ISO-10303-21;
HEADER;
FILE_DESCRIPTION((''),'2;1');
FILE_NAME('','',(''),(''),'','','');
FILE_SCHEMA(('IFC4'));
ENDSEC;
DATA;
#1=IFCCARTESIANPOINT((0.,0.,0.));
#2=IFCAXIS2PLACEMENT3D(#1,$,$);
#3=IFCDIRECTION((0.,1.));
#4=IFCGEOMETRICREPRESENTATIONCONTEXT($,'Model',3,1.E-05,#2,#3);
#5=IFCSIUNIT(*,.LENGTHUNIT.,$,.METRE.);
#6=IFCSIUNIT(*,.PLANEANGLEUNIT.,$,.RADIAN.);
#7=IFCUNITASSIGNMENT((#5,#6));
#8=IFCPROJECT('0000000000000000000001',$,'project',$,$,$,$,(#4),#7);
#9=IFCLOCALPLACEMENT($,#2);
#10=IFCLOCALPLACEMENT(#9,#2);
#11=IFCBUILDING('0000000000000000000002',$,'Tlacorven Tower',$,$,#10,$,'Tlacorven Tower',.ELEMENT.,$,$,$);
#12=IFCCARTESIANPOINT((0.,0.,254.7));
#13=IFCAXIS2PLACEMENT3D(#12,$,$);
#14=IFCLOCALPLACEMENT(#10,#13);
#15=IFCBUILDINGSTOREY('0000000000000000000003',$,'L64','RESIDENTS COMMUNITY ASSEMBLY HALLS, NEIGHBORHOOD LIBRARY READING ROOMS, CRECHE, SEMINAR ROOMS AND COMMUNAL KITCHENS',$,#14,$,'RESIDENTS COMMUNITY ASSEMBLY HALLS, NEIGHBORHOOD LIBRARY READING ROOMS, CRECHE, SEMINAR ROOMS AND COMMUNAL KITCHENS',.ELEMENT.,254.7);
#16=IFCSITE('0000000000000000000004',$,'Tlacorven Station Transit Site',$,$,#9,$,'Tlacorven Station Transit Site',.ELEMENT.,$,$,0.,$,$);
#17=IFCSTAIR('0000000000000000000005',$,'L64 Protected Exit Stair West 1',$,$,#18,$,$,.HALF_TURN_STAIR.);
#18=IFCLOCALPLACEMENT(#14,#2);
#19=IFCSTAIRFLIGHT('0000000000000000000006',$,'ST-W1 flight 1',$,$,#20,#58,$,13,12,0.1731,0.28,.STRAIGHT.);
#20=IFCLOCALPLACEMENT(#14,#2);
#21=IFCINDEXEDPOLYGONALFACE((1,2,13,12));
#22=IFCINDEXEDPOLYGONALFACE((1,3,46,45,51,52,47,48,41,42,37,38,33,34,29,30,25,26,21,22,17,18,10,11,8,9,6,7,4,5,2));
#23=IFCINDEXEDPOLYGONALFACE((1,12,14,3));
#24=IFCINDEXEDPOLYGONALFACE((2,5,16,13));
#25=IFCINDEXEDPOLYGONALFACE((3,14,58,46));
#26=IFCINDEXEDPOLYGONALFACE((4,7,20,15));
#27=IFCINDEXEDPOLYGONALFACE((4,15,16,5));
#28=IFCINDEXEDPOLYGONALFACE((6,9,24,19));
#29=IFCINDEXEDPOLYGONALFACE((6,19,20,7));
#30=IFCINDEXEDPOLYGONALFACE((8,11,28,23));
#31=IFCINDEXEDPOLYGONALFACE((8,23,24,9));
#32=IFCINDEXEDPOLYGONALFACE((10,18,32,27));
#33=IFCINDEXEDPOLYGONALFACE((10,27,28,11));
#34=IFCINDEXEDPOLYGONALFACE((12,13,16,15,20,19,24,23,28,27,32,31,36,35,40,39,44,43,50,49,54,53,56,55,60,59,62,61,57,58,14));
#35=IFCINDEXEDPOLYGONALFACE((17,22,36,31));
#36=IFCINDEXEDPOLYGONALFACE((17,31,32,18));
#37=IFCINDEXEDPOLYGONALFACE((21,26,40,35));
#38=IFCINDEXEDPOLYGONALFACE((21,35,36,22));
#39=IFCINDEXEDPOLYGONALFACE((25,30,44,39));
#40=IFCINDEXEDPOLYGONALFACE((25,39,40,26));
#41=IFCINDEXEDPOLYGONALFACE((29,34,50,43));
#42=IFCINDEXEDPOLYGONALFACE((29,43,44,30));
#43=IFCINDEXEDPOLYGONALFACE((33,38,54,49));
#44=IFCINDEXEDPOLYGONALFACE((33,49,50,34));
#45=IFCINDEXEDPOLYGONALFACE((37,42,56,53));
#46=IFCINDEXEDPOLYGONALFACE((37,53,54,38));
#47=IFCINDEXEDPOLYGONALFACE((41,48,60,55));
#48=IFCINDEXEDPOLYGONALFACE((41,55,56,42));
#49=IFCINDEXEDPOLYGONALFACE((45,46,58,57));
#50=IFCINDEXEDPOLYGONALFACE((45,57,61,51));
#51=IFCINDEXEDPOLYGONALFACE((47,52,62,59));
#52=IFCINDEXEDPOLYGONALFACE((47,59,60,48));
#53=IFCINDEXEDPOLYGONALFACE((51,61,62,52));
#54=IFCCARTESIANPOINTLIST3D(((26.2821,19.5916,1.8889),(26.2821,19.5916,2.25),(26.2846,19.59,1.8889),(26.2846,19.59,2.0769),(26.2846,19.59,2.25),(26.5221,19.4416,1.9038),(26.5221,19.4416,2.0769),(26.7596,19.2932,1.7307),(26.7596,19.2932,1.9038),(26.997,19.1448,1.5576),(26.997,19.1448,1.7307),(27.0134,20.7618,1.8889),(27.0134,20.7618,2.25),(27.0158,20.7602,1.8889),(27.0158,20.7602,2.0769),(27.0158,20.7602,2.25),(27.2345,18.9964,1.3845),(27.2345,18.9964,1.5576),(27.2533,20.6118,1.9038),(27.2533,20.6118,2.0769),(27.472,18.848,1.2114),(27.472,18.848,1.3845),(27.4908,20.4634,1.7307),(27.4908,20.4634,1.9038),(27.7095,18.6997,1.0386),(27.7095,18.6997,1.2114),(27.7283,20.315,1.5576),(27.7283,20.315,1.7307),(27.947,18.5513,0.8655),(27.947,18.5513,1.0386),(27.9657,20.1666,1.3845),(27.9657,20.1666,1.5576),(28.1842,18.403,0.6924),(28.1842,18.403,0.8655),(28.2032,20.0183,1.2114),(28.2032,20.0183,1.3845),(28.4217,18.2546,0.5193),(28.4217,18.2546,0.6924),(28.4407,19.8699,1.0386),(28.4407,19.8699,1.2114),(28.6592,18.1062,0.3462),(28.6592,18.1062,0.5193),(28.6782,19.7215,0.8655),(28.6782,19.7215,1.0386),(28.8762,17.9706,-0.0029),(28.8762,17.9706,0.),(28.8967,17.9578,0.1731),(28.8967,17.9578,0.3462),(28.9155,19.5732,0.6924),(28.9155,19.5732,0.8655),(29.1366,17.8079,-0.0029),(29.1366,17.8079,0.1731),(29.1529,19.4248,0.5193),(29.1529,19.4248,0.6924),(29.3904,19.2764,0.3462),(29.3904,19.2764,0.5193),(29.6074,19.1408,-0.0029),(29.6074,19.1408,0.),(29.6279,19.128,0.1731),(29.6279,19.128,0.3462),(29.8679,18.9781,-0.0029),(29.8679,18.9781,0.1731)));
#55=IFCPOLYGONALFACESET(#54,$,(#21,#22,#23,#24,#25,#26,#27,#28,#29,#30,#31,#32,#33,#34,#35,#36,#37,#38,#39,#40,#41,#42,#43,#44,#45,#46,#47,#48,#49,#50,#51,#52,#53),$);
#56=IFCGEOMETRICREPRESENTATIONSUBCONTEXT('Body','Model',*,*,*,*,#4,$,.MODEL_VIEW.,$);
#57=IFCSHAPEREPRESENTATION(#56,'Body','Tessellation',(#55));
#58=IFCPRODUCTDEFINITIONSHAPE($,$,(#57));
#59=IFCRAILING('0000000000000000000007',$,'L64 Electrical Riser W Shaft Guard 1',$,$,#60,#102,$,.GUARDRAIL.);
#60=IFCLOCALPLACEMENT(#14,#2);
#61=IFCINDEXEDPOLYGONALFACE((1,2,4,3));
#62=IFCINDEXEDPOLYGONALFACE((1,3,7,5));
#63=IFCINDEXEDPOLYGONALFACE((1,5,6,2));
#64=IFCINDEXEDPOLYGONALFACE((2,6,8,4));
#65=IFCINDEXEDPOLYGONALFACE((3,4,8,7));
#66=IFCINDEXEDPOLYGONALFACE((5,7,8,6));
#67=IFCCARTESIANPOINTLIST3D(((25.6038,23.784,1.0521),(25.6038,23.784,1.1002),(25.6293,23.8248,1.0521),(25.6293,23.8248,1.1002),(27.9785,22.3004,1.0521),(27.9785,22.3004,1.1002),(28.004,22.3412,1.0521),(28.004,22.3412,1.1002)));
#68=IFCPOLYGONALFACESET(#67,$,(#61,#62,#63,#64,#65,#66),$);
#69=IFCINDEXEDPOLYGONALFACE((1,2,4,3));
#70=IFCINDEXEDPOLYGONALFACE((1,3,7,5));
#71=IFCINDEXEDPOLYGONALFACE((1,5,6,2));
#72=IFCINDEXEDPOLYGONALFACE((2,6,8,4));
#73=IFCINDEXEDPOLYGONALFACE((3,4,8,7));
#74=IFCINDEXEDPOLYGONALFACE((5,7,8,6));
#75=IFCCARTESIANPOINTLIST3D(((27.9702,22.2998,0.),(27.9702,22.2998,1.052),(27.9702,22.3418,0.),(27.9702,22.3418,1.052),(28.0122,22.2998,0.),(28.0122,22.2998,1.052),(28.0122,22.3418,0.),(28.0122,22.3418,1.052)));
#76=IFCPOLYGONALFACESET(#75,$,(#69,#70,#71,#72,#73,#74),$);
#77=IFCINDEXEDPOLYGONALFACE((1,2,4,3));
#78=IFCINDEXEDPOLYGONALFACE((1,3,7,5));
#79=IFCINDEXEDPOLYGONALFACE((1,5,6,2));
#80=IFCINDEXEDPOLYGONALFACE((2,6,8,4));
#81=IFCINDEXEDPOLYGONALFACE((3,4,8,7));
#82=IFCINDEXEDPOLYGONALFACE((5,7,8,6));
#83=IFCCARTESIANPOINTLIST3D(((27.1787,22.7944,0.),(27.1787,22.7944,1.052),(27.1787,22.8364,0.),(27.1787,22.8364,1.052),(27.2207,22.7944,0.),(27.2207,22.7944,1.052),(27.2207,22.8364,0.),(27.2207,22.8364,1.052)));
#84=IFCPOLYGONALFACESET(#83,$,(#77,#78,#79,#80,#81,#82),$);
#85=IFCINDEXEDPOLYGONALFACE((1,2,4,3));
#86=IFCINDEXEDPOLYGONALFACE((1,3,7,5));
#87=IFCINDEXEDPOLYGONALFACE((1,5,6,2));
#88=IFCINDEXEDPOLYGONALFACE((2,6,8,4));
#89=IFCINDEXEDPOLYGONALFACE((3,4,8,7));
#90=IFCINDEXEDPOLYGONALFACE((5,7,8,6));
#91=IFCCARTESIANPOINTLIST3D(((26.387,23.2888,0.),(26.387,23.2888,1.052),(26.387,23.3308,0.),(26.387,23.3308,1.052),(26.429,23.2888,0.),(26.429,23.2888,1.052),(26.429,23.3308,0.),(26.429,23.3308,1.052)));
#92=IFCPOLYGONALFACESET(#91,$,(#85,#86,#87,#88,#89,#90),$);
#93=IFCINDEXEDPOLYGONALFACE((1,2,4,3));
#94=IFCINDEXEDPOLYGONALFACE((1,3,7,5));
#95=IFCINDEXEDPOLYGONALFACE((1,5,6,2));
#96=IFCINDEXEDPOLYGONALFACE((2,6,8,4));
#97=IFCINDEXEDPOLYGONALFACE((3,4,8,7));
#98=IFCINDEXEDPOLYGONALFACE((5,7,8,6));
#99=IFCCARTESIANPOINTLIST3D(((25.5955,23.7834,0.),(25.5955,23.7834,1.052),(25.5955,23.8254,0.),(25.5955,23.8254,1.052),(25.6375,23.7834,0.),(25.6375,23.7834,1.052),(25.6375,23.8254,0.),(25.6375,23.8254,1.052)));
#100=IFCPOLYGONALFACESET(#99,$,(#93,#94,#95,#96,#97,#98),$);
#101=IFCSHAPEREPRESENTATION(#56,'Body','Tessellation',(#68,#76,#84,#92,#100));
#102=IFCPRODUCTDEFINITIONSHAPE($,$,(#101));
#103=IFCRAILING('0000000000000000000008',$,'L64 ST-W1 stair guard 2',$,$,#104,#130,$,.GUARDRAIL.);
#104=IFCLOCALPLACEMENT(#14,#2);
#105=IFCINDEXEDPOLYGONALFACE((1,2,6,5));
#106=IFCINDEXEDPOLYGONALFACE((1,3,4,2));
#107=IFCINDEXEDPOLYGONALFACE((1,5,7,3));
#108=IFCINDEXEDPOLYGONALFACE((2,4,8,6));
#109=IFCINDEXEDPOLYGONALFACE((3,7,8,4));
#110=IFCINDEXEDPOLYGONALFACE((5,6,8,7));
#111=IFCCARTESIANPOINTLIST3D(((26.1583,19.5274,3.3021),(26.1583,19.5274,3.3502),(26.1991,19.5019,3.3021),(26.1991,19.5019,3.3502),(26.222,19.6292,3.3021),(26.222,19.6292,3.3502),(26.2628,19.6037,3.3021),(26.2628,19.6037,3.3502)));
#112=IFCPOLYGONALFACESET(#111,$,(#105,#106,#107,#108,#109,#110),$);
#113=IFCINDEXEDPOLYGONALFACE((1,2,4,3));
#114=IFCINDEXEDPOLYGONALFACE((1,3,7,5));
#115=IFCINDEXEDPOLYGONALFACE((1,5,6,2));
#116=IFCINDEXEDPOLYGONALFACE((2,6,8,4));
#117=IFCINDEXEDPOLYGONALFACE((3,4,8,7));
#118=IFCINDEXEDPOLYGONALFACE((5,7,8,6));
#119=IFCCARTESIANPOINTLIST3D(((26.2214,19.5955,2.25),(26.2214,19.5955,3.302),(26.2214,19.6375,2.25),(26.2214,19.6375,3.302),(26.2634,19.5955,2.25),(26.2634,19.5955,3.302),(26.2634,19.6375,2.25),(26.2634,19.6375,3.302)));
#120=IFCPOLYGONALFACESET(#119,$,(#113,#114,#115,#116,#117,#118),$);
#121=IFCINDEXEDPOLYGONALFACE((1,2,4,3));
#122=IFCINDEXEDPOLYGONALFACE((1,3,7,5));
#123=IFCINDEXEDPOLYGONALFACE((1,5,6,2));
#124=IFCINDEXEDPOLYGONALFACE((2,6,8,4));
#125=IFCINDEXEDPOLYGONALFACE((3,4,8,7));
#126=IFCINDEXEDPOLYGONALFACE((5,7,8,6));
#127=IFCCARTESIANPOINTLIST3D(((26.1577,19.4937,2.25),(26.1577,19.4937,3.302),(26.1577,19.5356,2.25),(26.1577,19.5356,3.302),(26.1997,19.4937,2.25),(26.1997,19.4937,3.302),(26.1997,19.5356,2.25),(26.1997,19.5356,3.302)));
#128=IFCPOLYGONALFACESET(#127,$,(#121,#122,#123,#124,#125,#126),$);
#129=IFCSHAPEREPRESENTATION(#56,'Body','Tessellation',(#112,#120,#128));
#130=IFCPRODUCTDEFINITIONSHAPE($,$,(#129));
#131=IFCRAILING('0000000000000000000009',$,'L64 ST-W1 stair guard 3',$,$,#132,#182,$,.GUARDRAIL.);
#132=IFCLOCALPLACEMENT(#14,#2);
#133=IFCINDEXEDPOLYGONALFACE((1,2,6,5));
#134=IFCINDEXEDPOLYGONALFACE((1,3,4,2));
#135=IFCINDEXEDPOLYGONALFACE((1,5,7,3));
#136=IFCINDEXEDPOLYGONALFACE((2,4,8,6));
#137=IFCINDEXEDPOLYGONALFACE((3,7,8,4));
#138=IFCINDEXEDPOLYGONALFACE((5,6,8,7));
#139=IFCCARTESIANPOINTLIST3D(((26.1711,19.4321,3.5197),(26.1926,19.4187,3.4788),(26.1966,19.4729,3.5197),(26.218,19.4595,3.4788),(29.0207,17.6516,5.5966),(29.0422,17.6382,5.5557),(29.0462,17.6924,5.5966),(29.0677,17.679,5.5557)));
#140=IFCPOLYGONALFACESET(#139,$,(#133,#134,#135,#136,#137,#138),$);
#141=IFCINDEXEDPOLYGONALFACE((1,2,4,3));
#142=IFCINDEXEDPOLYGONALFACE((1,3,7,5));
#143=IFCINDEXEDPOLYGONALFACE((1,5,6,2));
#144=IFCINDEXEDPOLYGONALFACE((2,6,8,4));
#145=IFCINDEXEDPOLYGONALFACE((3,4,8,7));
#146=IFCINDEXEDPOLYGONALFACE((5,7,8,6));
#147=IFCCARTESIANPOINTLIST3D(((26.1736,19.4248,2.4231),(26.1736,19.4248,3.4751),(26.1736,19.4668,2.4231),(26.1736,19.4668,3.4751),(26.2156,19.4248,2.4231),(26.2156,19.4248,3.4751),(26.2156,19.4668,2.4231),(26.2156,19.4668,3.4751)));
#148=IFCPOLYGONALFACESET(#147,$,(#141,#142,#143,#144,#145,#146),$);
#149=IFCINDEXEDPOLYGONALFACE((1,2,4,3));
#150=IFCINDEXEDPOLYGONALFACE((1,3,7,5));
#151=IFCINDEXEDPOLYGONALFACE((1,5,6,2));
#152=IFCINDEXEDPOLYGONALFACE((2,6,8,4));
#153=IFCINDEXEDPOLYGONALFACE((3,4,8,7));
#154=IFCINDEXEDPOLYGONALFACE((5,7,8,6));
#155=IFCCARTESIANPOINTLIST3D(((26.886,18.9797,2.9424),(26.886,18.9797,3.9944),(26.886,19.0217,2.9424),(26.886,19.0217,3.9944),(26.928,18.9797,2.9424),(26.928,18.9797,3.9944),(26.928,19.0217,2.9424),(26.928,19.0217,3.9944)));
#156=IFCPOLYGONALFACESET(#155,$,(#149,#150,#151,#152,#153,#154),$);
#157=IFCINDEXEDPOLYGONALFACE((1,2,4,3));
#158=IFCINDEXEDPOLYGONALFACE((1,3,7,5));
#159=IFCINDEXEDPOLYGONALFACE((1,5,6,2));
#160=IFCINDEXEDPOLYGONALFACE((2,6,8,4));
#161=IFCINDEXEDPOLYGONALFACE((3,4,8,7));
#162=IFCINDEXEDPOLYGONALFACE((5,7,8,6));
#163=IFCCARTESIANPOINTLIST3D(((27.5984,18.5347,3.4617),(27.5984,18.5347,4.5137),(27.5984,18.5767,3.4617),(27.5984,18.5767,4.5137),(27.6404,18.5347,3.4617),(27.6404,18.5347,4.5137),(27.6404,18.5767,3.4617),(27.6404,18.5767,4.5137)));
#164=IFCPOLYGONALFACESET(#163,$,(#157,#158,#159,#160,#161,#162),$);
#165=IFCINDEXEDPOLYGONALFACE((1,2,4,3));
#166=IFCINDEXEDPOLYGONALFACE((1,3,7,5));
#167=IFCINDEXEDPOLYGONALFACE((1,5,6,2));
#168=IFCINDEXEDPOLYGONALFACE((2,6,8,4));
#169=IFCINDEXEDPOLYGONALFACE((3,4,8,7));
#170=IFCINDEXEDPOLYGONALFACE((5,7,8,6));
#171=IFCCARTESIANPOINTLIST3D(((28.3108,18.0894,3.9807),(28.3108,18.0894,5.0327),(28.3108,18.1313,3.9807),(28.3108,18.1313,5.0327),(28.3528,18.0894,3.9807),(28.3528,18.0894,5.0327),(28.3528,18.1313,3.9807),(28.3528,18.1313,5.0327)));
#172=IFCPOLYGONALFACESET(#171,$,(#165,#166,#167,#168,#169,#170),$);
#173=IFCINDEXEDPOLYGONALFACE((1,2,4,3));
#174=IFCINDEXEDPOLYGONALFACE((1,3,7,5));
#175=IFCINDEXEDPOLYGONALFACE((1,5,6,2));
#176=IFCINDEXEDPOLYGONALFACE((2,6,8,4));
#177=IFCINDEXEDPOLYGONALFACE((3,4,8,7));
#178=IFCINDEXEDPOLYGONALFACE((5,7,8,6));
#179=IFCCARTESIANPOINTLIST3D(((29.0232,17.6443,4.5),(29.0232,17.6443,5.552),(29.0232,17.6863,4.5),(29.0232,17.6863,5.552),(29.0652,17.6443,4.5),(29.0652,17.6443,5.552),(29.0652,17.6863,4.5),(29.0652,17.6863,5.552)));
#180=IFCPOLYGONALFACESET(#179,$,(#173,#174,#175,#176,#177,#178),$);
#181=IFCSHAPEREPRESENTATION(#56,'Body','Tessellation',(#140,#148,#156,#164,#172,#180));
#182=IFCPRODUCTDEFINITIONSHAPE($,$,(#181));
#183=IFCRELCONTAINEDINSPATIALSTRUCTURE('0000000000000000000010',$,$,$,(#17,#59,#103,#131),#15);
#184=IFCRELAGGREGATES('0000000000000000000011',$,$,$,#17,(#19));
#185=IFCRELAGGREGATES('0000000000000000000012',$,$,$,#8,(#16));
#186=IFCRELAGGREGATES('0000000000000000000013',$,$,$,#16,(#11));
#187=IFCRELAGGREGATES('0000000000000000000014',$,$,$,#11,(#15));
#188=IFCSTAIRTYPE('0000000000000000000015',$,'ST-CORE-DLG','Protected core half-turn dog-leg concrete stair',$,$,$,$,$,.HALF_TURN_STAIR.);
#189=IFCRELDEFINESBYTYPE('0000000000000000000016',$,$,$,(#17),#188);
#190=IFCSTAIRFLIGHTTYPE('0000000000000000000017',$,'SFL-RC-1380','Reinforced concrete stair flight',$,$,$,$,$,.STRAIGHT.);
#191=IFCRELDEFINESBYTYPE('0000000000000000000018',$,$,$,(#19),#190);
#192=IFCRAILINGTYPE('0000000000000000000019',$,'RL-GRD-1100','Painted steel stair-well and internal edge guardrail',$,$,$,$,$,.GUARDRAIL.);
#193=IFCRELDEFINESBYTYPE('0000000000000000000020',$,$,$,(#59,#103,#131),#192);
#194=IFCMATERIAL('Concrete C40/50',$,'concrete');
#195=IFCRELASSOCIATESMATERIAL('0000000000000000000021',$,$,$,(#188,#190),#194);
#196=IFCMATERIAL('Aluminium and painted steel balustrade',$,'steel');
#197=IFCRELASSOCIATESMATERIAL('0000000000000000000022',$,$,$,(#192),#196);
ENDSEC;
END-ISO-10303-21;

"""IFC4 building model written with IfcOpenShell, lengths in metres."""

from ifc_helpers import new_model, si_unit, direction, frame, origin, origin_2d, place, context, subcontext, project, spatial, polyline, rectangle, outline, extrude, source, transform, mapped, material, type_object, element, aggregate, save


model = new_model("IFC4")

# Units and contexts
model_context = context("Model", 3, precision=1e-05, world=origin(), true_north=direction((0.0, 1.0)))
body_context = subcontext(model_context, "Body", "Model", "MODEL_VIEW")
ifc_project = project(units=[si_unit("LENGTHUNIT", "METRE"), si_unit("PLANEANGLEUNIT", "RADIAN")], contexts=[model_context])

# Site, building, storey
site_placement = place(None, origin())
site = spatial("IfcSite", under=ifc_project, at=site_placement, Name="Tlacorven Station Transit Site", LongName="Tlacorven Station Transit Site", CompositionType="ELEMENT", RefElevation=0.0)
building_placement = place(site_placement, origin())
building = spatial("IfcBuilding", under=site, at=building_placement, Name="Tlacorven Tower", LongName="Tlacorven Tower", CompositionType="ELEMENT")
storey_placement = place(building_placement, frame((0.0, 0.0, 254.7)))
storey = spatial("IfcBuildingStorey", under=building, at=storey_placement, Name="L64", Description="RESIDENTS COMMUNITY ASSEMBLY HALLS, NEIGHBORHOOD LIBRARY READING ROOMS, CRECHE, SEMINAR ROOMS AND COMMUNAL KITCHENS", LongName="RESIDENTS COMMUNITY ASSEMBLY HALLS, NEIGHBORHOOD LIBRARY READING ROOMS, CRECHE, SEMINAR ROOMS AND COMMUNAL KITCHENS", CompositionType="ELEMENT", Elevation=254.7)

# Shared definitions
ifc_material_1 = material(Name="Concrete C40/50", Category="concrete")

# Stair, stair flight
stair_type = type_object("IfcStairType", Name="ST-CORE-DLG", Description="Protected core half-turn dog-leg concrete stair", PredefinedType="HALF_TURN_STAIR", material=ifc_material_1)
stair_placement = place(storey_placement, origin())
stair = element("IfcStair", 1, at=stair_placement, inside=storey, type_object=stair_type, Name="L64 Protected Exit Stair West 1", PredefinedType="HALF_TURN_STAIR")
stair_flight_type = type_object("IfcStairFlightType", Name="SFL-RC-1380", Description="Reinforced concrete stair flight", PredefinedType="STRAIGHT", material=ifc_material_1)
shared_shape_1 = source(origin(), body_context, "Body", "SweptSolid", [
    extrude(outline(polyline([(-0.0029, -0.0029), (-0.0029, 0.1731), (0.28, 0.1731), (0.28, 0.3462), (0.5601, 0.3462), (0.5601, 0.5193), (0.8401, 0.5193), (0.8401, 0.6924), (1.1201, 0.6924), (1.1201, 0.8655), (1.3999, 0.8655), (1.3999, 1.0386), (1.6799, 1.0386), (1.6799, 1.2114), (1.96, 1.2114), (1.96, 1.3845), (2.24, 1.3845), (2.24, 1.5576), (2.52, 1.5576), (2.52, 1.7307), (2.8, 1.7307), (2.8, 1.9038), (3.0801, 1.9038), (3.0801, 2.0769), (3.3601, 2.0769), (3.3601, 2.25), (3.363, 2.25), (3.363, 1.8889), (3.3601, 1.8889), (0.3042, 0.0), (0.3042, -0.0029), (-0.0029, -0.0029)])), frame((0.0, 0.6899, 0.0), z_axis=(0.0, -1.0, 0.0), x_axis=(1.0, 0.0, 0.0)), (0.0, 0.0, 1.0), 1.3799),
])
stair_flight_placement = place(storey_placement, frame((29.4998, 18.3945, 0.0), z_axis=(0.0, 0.0, 1.0), x_axis=(-0.848048, 0.529919, 0.0)))
stair_flight = element("IfcStairFlight", 2, at=stair_flight_placement, type_object=stair_flight_type, Name="ST-W1 flight 1", NumberOfRisers=13, NumberOfTreads=12, PredefinedType="STRAIGHT", RiserHeight=0.1731, TreadLength=0.28, context=body_context, shape_type="MappedRepresentation", body=[
    mapped(shared_shape_1, transform((0.0, 0.0, 0.0), scale=1.0)),
])
aggregate(stair, [stair_flight])

# Railings
ifc_material_2 = material(Name="Aluminium and painted steel balustrade", Category="steel")
railing_type_1 = type_object("IfcRailingType", Name="RL-GRD-1100", Description="Painted steel stair-well and internal edge guardrail", PredefinedType="GUARDRAIL", material=ifc_material_2)
shared_shape_2 = source(origin(), body_context, "Body", "SweptSolid", [
    extrude(rectangle(XDim=0.0481, YDim=0.0481, at=origin_2d()), frame((0.0, 0.0, 1.0762), z_axis=(-0.848091, 0.52985, 0.0), x_axis=(-0.52985, -0.848091, 0.0)), (0.0, 0.0, 1.0), 2.8),
    extrude(rectangle(XDim=0.042, YDim=0.042, at=origin_2d()), origin(), (0.0, 0.0, 1.0), 1.052),
    extrude(rectangle(XDim=0.042, YDim=0.042, at=origin_2d()), frame((-0.7915, 0.4946, 0.0)), (0.0, 0.0, 1.0), 1.052),
    extrude(rectangle(XDim=0.042, YDim=0.042, at=origin_2d()), frame((-1.5833, 0.989, 0.0)), (0.0, 0.0, 1.0), 1.052),
    extrude(rectangle(XDim=0.042, YDim=0.042, at=origin_2d()), frame((-2.3748, 1.4836, 0.0)), (0.0, 0.0, 1.0), 1.052),
])
railing_1_placement = place(storey_placement, frame((27.9912, 22.3208, 0.0)))
element("IfcRailing", 3, at=railing_1_placement, inside=storey, type_object=railing_type_1, Name="L64 Electrical Riser W Shaft Guard 1", PredefinedType="GUARDRAIL", context=body_context, shape_type="MappedRepresentation", body=[
    mapped(shared_shape_2, transform((0.0, 0.0, 0.0), scale=1.0)),
])
shared_shape_3 = source(origin(), body_context, "Body", "SweptSolid", [
    extrude(rectangle(XDim=0.0481, YDim=0.0481, at=origin_2d()), frame((0.0, 0.0, 1.0762), z_axis=(-0.530547, -0.847656, 0.0), x_axis=(0.847656, -0.530547, 0.0)), (0.0, 0.0, 1.0), 0.1201),
    extrude(rectangle(XDim=0.042, YDim=0.042, at=origin_2d()), origin(), (0.0, 0.0, 1.0), 1.052),
    extrude(rectangle(XDim=0.042, YDim=0.042, at=origin_2d()), frame((-0.0637, -0.1018, 0.0)), (0.0, 0.0, 1.0), 1.052),
])
railing_2_placement = place(storey_placement, frame((26.2424, 19.6165, 2.25)))
element("IfcRailing", 4, at=railing_2_placement, inside=storey, type_object=railing_type_1, Name="L64 ST-W1 stair guard 2", PredefinedType="GUARDRAIL", context=body_context, shape_type="MappedRepresentation", body=[
    mapped(shared_shape_3, transform((0.0, 0.0, 0.0), scale=1.0)),
])
shared_shape_4 = source(origin(), body_context, "Body", "SweptSolid", [
    extrude(rectangle(XDim=0.0481, YDim=0.0481, at=origin_2d()), frame((0.0, 0.0, 1.0762), z_axis=(0.721384, -0.450742, 0.525772), x_axis=(0.529894, 0.848064, 0.0)), (0.0, 0.0, 1.0), 3.9502),
    extrude(rectangle(XDim=0.042, YDim=0.042, at=origin_2d()), origin(), (0.0, 0.0, 1.0), 1.052),
    extrude(rectangle(XDim=0.042, YDim=0.042, at=origin_2d()), frame((0.7124, -0.4451, 0.5193)), (0.0, 0.0, 1.0), 1.052),
    extrude(rectangle(XDim=0.042, YDim=0.042, at=origin_2d()), frame((1.4248, -0.8901, 1.0386)), (0.0, 0.0, 1.0), 1.052),
    extrude(rectangle(XDim=0.042, YDim=0.042, at=origin_2d()), frame((2.1372, -1.3354, 1.5576)), (0.0, 0.0, 1.0), 1.052),
    extrude(rectangle(XDim=0.042, YDim=0.042, at=origin_2d()), frame((2.8496, -1.7805, 2.0769)), (0.0, 0.0, 1.0), 1.052),
])
railing_3_placement = place(storey_placement, frame((26.1946, 19.4458, 2.4231)))
element("IfcRailing", 5, at=railing_3_placement, inside=storey, type_object=railing_type_1, Name="L64 ST-W1 stair guard 3", PredefinedType="GUARDRAIL", context=body_context, shape_type="MappedRepresentation", body=[
    mapped(shared_shape_4, transform((0.0, 0.0, 0.0), scale=1.0)),
])

save(model, "model.ifc")
